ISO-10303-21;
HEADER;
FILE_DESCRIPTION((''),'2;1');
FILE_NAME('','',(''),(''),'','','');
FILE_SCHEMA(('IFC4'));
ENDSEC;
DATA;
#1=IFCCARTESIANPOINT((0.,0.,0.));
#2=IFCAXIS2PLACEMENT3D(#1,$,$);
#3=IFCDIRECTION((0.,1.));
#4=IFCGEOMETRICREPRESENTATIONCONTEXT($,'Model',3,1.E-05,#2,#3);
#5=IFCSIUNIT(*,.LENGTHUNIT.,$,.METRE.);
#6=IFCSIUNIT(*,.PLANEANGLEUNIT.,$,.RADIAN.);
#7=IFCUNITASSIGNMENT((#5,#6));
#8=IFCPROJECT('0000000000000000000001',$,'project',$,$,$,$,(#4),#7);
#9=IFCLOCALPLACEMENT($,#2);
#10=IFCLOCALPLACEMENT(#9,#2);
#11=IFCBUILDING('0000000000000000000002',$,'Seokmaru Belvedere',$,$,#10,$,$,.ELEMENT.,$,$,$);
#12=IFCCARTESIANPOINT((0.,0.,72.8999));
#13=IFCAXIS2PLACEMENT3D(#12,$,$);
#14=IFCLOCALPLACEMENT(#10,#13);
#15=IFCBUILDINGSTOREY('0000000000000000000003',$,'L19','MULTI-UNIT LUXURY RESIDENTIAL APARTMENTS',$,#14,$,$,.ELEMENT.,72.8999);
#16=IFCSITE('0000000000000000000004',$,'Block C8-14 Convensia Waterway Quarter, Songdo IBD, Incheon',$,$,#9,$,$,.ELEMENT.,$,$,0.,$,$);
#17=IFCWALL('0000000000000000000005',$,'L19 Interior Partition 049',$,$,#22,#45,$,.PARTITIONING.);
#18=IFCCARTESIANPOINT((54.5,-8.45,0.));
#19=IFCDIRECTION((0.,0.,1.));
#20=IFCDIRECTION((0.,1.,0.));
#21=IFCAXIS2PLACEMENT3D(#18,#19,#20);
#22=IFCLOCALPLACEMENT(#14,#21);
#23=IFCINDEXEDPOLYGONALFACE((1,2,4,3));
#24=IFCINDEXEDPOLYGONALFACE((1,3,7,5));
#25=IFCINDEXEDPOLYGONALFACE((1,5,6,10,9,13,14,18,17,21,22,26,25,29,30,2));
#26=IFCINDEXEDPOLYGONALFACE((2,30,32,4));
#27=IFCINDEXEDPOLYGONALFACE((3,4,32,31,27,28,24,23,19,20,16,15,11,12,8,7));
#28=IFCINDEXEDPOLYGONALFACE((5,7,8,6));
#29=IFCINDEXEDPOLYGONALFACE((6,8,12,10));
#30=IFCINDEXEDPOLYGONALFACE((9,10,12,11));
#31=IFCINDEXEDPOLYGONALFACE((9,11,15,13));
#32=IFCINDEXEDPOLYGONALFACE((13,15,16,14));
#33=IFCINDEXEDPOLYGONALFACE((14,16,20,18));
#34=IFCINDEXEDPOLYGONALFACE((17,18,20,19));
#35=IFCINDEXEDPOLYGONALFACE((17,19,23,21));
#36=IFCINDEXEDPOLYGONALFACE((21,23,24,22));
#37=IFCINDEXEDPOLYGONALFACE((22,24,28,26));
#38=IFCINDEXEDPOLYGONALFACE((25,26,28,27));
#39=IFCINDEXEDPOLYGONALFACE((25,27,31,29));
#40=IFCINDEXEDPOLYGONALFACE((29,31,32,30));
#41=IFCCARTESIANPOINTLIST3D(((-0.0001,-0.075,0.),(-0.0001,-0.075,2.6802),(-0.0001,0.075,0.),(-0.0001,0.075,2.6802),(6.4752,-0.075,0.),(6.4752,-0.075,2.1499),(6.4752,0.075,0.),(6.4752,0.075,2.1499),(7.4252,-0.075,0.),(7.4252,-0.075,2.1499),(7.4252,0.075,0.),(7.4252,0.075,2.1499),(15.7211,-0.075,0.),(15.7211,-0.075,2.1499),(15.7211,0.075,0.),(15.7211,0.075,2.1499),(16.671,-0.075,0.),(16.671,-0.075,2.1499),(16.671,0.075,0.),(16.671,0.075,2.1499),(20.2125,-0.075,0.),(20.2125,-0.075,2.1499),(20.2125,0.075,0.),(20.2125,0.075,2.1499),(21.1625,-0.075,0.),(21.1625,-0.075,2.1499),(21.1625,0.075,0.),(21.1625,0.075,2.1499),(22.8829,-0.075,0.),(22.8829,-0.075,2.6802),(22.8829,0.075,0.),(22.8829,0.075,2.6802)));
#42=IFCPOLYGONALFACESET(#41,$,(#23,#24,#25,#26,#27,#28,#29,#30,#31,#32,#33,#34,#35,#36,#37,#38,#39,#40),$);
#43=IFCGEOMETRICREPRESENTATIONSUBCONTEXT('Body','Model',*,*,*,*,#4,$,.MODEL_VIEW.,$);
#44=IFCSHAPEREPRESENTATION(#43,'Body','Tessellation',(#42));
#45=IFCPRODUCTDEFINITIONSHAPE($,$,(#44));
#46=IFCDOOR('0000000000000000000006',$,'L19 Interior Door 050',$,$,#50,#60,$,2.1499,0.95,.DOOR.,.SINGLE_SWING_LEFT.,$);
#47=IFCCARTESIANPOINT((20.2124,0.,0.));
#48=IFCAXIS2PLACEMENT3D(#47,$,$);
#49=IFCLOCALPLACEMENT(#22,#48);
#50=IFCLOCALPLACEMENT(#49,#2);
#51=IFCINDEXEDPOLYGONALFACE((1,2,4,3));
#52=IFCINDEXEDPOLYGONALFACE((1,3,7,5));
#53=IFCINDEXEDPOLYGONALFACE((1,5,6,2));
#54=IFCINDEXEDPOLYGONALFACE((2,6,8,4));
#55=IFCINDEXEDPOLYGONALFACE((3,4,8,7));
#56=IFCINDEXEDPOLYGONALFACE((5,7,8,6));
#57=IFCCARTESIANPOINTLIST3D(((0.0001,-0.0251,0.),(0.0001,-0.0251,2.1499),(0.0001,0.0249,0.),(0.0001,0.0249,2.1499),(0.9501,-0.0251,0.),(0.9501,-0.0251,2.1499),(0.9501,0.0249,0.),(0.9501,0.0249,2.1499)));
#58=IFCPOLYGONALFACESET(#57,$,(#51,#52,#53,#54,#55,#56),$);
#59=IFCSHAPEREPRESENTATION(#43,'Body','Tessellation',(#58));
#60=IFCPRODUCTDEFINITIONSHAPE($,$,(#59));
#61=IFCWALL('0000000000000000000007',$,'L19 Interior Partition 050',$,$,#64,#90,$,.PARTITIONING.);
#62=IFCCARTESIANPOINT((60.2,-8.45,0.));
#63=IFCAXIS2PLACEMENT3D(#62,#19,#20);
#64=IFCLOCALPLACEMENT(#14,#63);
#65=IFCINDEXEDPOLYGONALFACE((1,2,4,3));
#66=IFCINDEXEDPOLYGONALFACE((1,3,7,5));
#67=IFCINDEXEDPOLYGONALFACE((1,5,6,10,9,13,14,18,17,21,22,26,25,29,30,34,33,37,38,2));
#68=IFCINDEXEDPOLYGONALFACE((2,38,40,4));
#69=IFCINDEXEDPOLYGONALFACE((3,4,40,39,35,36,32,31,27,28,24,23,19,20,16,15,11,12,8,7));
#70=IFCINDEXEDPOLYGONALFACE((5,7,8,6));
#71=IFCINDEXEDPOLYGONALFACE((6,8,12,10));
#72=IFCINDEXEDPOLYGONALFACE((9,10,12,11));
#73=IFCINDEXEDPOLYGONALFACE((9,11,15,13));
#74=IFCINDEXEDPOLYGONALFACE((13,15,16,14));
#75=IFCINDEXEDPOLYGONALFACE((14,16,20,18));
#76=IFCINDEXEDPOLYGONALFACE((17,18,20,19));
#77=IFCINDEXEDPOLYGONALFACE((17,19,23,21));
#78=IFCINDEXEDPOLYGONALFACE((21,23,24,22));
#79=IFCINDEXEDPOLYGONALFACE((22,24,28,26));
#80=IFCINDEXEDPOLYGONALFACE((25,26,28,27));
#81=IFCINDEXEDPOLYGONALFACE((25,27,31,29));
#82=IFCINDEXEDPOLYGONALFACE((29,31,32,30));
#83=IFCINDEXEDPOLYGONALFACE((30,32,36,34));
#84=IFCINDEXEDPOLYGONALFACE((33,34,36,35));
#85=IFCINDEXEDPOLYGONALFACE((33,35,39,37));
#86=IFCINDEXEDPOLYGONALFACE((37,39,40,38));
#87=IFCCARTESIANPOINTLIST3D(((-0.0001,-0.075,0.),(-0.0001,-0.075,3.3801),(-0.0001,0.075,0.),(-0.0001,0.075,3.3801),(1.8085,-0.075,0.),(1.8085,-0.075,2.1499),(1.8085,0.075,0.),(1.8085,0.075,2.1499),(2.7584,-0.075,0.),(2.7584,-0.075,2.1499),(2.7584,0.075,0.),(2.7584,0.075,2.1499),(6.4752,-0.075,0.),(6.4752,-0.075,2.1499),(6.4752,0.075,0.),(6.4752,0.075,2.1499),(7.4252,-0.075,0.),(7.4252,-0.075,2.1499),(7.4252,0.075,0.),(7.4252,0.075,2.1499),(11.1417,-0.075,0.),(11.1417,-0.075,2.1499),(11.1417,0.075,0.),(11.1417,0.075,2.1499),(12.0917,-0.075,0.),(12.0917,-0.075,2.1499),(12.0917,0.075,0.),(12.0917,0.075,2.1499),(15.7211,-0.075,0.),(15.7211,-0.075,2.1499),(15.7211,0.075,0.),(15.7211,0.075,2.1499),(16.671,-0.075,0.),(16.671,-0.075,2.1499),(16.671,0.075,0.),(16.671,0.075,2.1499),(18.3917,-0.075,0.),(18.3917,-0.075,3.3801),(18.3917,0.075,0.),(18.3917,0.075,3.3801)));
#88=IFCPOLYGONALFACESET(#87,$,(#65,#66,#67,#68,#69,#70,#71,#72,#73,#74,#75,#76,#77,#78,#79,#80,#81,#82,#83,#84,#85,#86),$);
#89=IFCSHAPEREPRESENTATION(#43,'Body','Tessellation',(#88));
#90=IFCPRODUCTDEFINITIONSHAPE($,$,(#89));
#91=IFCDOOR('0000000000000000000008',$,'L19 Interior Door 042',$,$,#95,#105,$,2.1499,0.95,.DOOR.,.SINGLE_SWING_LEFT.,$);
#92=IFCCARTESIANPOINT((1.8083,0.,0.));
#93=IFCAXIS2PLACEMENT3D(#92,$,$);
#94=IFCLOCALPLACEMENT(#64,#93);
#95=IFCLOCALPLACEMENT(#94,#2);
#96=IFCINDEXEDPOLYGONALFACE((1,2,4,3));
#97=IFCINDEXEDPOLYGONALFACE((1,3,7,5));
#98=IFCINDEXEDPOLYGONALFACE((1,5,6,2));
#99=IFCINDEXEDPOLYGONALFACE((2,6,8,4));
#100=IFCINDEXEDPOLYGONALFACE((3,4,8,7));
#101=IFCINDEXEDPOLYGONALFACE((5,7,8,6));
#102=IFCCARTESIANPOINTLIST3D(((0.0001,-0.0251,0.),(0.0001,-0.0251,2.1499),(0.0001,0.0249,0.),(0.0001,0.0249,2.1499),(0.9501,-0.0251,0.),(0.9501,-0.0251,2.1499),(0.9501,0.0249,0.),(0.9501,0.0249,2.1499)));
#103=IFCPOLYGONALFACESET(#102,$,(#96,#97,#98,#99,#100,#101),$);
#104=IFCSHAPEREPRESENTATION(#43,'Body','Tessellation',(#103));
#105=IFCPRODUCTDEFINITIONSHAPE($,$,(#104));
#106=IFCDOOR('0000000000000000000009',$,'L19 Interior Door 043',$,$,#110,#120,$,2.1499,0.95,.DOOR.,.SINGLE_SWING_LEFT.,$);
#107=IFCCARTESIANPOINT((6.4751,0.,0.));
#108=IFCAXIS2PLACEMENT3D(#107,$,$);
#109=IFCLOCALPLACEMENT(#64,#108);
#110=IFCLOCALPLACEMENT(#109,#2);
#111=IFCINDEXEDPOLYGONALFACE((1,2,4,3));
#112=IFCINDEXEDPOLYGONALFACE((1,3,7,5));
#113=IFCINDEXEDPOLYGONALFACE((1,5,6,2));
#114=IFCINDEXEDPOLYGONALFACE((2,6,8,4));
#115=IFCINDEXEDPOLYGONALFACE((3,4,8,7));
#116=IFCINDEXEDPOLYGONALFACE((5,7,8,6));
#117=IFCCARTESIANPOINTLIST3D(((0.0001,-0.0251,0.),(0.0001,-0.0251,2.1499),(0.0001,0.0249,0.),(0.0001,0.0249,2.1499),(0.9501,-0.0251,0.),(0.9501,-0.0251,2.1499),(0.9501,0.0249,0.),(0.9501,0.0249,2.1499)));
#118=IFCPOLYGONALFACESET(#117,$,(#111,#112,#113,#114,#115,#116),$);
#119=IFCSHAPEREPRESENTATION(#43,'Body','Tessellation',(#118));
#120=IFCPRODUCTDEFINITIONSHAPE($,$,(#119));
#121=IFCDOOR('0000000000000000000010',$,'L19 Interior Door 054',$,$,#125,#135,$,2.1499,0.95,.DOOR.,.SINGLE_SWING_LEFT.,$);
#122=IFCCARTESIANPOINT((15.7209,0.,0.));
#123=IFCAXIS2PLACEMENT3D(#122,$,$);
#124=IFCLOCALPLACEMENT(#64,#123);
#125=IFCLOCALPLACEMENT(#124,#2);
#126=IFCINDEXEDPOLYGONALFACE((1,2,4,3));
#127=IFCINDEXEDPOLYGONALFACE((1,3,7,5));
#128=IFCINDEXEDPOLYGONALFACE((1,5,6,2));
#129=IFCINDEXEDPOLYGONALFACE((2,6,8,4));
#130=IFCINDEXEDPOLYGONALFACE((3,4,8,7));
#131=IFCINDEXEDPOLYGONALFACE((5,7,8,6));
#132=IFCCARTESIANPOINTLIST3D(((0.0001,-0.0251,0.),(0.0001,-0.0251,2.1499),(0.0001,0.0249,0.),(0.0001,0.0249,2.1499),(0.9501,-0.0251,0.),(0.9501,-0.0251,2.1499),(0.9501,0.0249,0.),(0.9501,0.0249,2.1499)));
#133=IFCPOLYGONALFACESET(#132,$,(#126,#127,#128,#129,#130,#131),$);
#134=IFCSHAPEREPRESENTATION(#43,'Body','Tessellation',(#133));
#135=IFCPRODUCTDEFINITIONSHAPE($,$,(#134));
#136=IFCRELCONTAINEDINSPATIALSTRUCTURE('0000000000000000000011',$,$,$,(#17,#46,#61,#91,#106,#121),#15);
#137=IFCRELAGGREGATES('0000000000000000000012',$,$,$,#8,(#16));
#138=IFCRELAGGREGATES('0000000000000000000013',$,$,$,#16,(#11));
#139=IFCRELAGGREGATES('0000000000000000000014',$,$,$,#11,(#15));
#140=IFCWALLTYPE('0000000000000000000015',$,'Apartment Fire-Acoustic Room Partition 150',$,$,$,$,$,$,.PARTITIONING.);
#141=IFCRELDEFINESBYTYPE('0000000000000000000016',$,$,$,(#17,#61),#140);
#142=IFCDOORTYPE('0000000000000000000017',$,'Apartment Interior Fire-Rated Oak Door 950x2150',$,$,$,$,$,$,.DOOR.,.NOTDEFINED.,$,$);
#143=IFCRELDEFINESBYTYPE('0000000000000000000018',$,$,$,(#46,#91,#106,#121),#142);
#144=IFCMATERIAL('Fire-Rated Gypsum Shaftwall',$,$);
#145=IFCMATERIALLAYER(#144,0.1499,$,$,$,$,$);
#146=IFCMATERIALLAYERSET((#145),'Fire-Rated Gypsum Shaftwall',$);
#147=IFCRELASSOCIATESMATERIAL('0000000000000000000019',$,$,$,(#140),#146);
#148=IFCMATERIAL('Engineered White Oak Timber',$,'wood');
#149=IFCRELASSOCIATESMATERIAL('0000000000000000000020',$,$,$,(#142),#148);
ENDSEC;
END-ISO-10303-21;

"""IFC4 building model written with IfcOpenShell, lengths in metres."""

from ifc_helpers import new_model, si_unit, direction, frame, frame_2d, origin, place, context, subcontext, project, spatial, rectangle, extrude, source, transform, mapped, material, layer, layer_set, type_object, type_shapes, element, fill, save


model = new_model("IFC4")

# Units and contexts
model_context = context("Model", 3, precision=1e-05, world=origin(), true_north=direction((0.0, 1.0)))
body_context = subcontext(model_context, "Body", "Model", "MODEL_VIEW")
ifc_project = project(units=[si_unit("LENGTHUNIT", "METRE"), si_unit("PLANEANGLEUNIT", "RADIAN")], contexts=[model_context])

# Site, building, storey
site_placement = place(None, origin())
site = spatial("IfcSite", under=ifc_project, at=site_placement, Name="Block C8-14 Convensia Waterway Quarter, Songdo IBD, Incheon", CompositionType="ELEMENT", RefElevation=0.0)
building_placement = place(site_placement, origin())
building = spatial("IfcBuilding", under=site, at=building_placement, Name="Seokmaru Belvedere", CompositionType="ELEMENT")
storey_placement = place(building_placement, frame((0.0, 0.0, 72.8999)))
storey = spatial("IfcBuildingStorey", under=building, at=storey_placement, Name="L19", Description="MULTI-UNIT LUXURY RESIDENTIAL APARTMENTS", CompositionType="ELEMENT", Elevation=72.8999)

# Wall, openings, door
ifc_material_1 = material(Name="Fire-Rated Gypsum Shaftwall")
ifc_layer_1 = layer(ifc_material_1, 0.1499)
ifc_layer_set_1 = layer_set([ifc_layer_1], Name="Fire-Rated Gypsum Shaftwall")
wall_type = type_object("IfcWallType", Name="Apartment Fire-Acoustic Room Partition 150", PredefinedType="PARTITIONING", material=ifc_layer_set_1)
wall_1_placement = place(storey_placement, frame((54.5, -8.45, 0.0), z_axis=(0.0, 0.0, 1.0), x_axis=(0.0, 1.0, 0.0)))
wall_1 = element("IfcWall", 1, at=wall_1_placement, inside=storey, type_object=wall_type, Name="L19 Interior Partition 049", PredefinedType="PARTITIONING", context=body_context, shape_type="SweptSolid", body=[
    extrude(rectangle(XDim=22.8831, YDim=0.1499, at=frame_2d((11.4414, 0.0))), origin(), (0.0, 0.0, 1.0), 2.6802),
])
opening_1_placement = place(wall_1_placement, frame((6.4751, 0.0, 0.0)))
element("IfcOpeningElement", 2, at=opening_1_placement, cuts=wall_1, PredefinedType="OPENING", context=body_context, shape_type="SweptSolid", body=[
    extrude(rectangle(XDim=0.95, YDim=2.1499, at=frame_2d((0.4751, 1.075))), frame((0.0, 0.085, 0.0), z_axis=(0.0, -1.0, 0.0), x_axis=(1.0, 0.0, 0.0)), (0.0, 0.0, 1.0), 0.1699),
])
opening_2_placement = place(wall_1_placement, frame((20.2124, 0.0, 0.0)))
opening_2 = element("IfcOpeningElement", 3, at=opening_2_placement, cuts=wall_1, PredefinedType="OPENING", context=body_context, shape_type="SweptSolid", body=[
    extrude(rectangle(XDim=0.95, YDim=2.1499, at=frame_2d((0.4751, 1.075))), frame((0.0, 0.085, 0.0), z_axis=(0.0, -1.0, 0.0), x_axis=(1.0, 0.0, 0.0)), (0.0, 0.0, 1.0), 0.1699),
])
opening_3_placement = place(wall_1_placement, frame((15.7209, 0.0, 0.0)))
element("IfcOpeningElement", 4, at=opening_3_placement, cuts=wall_1, PredefinedType="OPENING", context=body_context, shape_type="SweptSolid", body=[
    extrude(rectangle(XDim=0.95, YDim=2.1499, at=frame_2d((0.4751, 1.075))), frame((0.0, 0.085, 0.0), z_axis=(0.0, -1.0, 0.0), x_axis=(1.0, 0.0, 0.0)), (0.0, 0.0, 1.0), 0.1699),
])
ifc_material_2 = material(Name="Engineered White Oak Timber", Category="wood")
door_type = type_object("IfcDoorType", Name="Apartment Interior Fire-Rated Oak Door 950x2150", OperationType="NOTDEFINED", PredefinedType="DOOR", material=ifc_material_2)
shared_shape_1 = source(origin(), body_context, "Body", "SweptSolid", [
    extrude(rectangle(XDim=0.95, YDim=2.1499, at=frame_2d((0.4751, 1.075))), frame((0.0, 0.0249, 0.0), z_axis=(0.0, -1.0, 0.0), x_axis=(1.0, 0.0, 0.0)), (0.0, 0.0, 1.0), 0.05),
])
type_shapes(door_type, [shared_shape_1])
door_1_placement = place(opening_2_placement, origin())
door_1 = element("IfcDoor", 5, at=door_1_placement, inside=storey, type_object=door_type, Name="L19 Interior Door 050", OperationType="SINGLE_SWING_LEFT", OverallHeight=2.1499, OverallWidth=0.95, PredefinedType="DOOR", context=body_context, shape_type="MappedRepresentation", body=[
    mapped(shared_shape_1, transform((0.0, 0.0, 0.0), scale=1.0)),
])
fill(opening_2, door_1)

# Wall, openings, doors
wall_2_placement = place(storey_placement, frame((60.2, -8.45, 0.0), z_axis=(0.0, 0.0, 1.0), x_axis=(0.0, 1.0, 0.0)))
wall_2 = element("IfcWall", 6, at=wall_2_placement, inside=storey, type_object=wall_type, Name="L19 Interior Partition 050", PredefinedType="PARTITIONING", context=body_context, shape_type="SweptSolid", body=[
    extrude(rectangle(XDim=18.3918, YDim=0.1499, at=frame_2d((9.1958, 0.0))), origin(), (0.0, 0.0, 1.0), 3.3801),
])
opening_4_placement = place(wall_2_placement, frame((1.8083, 0.0, 0.0)))
opening_4 = element("IfcOpeningElement", 7, at=opening_4_placement, cuts=wall_2, PredefinedType="OPENING", context=body_context, shape_type="SweptSolid", body=[
    extrude(rectangle(XDim=0.95, YDim=2.1499, at=frame_2d((0.4751, 1.075))), frame((0.0, 0.085, 0.0), z_axis=(0.0, -1.0, 0.0), x_axis=(1.0, 0.0, 0.0)), (0.0, 0.0, 1.0), 0.1699),
])
opening_5_placement = place(wall_2_placement, frame((6.4751, 0.0, 0.0)))
opening_5 = element("IfcOpeningElement", 8, at=opening_5_placement, cuts=wall_2, PredefinedType="OPENING", context=body_context, shape_type="SweptSolid", body=[
    extrude(rectangle(XDim=0.95, YDim=2.1499, at=frame_2d((0.4751, 1.075))), frame((0.0, 0.085, 0.0), z_axis=(0.0, -1.0, 0.0), x_axis=(1.0, 0.0, 0.0)), (0.0, 0.0, 1.0), 0.1699),
])
opening_6_placement = place(wall_2_placement, frame((11.1416, 0.0, 0.0)))
element("IfcOpeningElement", 9, at=opening_6_placement, cuts=wall_2, PredefinedType="OPENING", context=body_context, shape_type="SweptSolid", body=[
    extrude(rectangle(XDim=0.95, YDim=2.1499, at=frame_2d((0.4751, 1.075))), frame((0.0, 0.085, 0.0), z_axis=(0.0, -1.0, 0.0), x_axis=(1.0, 0.0, 0.0)), (0.0, 0.0, 1.0), 0.1699),
])
opening_7_placement = place(wall_2_placement, frame((15.7209, 0.0, 0.0)))
opening_7 = element("IfcOpeningElement", 10, at=opening_7_placement, cuts=wall_2, PredefinedType="OPENING", context=body_context, shape_type="SweptSolid", body=[
    extrude(rectangle(XDim=0.95, YDim=2.1499, at=frame_2d((0.4751, 1.075))), frame((0.0, 0.085, 0.0), z_axis=(0.0, -1.0, 0.0), x_axis=(1.0, 0.0, 0.0)), (0.0, 0.0, 1.0), 0.1699),
])
door_2_placement = place(opening_4_placement, origin())
door_2 = element("IfcDoor", 11, at=door_2_placement, inside=storey, type_object=door_type, Name="L19 Interior Door 042", OperationType="SINGLE_SWING_LEFT", OverallHeight=2.1499, OverallWidth=0.95, PredefinedType="DOOR", context=body_context, shape_type="MappedRepresentation", body=[
    mapped(shared_shape_1, transform((0.0, 0.0, 0.0), scale=1.0)),
])
fill(opening_4, door_2)
door_3_placement = place(opening_5_placement, origin())
door_3 = element("IfcDoor", 12, at=door_3_placement, inside=storey, type_object=door_type, Name="L19 Interior Door 043", OperationType="SINGLE_SWING_LEFT", OverallHeight=2.1499, OverallWidth=0.95, PredefinedType="DOOR", context=body_context, shape_type="MappedRepresentation", body=[
    mapped(shared_shape_1, transform((0.0, 0.0, 0.0), scale=1.0)),
])
fill(opening_5, door_3)
door_4_placement = place(opening_7_placement, origin())
door_4 = element("IfcDoor", 13, at=door_4_placement, inside=storey, type_object=door_type, Name="L19 Interior Door 054", OperationType="SINGLE_SWING_LEFT", OverallHeight=2.1499, OverallWidth=0.95, PredefinedType="DOOR", context=body_context, shape_type="MappedRepresentation", body=[
    mapped(shared_shape_1, transform((0.0, 0.0, 0.0), scale=1.0)),
])
fill(opening_7, door_4)

save(model, "model.ifc")
